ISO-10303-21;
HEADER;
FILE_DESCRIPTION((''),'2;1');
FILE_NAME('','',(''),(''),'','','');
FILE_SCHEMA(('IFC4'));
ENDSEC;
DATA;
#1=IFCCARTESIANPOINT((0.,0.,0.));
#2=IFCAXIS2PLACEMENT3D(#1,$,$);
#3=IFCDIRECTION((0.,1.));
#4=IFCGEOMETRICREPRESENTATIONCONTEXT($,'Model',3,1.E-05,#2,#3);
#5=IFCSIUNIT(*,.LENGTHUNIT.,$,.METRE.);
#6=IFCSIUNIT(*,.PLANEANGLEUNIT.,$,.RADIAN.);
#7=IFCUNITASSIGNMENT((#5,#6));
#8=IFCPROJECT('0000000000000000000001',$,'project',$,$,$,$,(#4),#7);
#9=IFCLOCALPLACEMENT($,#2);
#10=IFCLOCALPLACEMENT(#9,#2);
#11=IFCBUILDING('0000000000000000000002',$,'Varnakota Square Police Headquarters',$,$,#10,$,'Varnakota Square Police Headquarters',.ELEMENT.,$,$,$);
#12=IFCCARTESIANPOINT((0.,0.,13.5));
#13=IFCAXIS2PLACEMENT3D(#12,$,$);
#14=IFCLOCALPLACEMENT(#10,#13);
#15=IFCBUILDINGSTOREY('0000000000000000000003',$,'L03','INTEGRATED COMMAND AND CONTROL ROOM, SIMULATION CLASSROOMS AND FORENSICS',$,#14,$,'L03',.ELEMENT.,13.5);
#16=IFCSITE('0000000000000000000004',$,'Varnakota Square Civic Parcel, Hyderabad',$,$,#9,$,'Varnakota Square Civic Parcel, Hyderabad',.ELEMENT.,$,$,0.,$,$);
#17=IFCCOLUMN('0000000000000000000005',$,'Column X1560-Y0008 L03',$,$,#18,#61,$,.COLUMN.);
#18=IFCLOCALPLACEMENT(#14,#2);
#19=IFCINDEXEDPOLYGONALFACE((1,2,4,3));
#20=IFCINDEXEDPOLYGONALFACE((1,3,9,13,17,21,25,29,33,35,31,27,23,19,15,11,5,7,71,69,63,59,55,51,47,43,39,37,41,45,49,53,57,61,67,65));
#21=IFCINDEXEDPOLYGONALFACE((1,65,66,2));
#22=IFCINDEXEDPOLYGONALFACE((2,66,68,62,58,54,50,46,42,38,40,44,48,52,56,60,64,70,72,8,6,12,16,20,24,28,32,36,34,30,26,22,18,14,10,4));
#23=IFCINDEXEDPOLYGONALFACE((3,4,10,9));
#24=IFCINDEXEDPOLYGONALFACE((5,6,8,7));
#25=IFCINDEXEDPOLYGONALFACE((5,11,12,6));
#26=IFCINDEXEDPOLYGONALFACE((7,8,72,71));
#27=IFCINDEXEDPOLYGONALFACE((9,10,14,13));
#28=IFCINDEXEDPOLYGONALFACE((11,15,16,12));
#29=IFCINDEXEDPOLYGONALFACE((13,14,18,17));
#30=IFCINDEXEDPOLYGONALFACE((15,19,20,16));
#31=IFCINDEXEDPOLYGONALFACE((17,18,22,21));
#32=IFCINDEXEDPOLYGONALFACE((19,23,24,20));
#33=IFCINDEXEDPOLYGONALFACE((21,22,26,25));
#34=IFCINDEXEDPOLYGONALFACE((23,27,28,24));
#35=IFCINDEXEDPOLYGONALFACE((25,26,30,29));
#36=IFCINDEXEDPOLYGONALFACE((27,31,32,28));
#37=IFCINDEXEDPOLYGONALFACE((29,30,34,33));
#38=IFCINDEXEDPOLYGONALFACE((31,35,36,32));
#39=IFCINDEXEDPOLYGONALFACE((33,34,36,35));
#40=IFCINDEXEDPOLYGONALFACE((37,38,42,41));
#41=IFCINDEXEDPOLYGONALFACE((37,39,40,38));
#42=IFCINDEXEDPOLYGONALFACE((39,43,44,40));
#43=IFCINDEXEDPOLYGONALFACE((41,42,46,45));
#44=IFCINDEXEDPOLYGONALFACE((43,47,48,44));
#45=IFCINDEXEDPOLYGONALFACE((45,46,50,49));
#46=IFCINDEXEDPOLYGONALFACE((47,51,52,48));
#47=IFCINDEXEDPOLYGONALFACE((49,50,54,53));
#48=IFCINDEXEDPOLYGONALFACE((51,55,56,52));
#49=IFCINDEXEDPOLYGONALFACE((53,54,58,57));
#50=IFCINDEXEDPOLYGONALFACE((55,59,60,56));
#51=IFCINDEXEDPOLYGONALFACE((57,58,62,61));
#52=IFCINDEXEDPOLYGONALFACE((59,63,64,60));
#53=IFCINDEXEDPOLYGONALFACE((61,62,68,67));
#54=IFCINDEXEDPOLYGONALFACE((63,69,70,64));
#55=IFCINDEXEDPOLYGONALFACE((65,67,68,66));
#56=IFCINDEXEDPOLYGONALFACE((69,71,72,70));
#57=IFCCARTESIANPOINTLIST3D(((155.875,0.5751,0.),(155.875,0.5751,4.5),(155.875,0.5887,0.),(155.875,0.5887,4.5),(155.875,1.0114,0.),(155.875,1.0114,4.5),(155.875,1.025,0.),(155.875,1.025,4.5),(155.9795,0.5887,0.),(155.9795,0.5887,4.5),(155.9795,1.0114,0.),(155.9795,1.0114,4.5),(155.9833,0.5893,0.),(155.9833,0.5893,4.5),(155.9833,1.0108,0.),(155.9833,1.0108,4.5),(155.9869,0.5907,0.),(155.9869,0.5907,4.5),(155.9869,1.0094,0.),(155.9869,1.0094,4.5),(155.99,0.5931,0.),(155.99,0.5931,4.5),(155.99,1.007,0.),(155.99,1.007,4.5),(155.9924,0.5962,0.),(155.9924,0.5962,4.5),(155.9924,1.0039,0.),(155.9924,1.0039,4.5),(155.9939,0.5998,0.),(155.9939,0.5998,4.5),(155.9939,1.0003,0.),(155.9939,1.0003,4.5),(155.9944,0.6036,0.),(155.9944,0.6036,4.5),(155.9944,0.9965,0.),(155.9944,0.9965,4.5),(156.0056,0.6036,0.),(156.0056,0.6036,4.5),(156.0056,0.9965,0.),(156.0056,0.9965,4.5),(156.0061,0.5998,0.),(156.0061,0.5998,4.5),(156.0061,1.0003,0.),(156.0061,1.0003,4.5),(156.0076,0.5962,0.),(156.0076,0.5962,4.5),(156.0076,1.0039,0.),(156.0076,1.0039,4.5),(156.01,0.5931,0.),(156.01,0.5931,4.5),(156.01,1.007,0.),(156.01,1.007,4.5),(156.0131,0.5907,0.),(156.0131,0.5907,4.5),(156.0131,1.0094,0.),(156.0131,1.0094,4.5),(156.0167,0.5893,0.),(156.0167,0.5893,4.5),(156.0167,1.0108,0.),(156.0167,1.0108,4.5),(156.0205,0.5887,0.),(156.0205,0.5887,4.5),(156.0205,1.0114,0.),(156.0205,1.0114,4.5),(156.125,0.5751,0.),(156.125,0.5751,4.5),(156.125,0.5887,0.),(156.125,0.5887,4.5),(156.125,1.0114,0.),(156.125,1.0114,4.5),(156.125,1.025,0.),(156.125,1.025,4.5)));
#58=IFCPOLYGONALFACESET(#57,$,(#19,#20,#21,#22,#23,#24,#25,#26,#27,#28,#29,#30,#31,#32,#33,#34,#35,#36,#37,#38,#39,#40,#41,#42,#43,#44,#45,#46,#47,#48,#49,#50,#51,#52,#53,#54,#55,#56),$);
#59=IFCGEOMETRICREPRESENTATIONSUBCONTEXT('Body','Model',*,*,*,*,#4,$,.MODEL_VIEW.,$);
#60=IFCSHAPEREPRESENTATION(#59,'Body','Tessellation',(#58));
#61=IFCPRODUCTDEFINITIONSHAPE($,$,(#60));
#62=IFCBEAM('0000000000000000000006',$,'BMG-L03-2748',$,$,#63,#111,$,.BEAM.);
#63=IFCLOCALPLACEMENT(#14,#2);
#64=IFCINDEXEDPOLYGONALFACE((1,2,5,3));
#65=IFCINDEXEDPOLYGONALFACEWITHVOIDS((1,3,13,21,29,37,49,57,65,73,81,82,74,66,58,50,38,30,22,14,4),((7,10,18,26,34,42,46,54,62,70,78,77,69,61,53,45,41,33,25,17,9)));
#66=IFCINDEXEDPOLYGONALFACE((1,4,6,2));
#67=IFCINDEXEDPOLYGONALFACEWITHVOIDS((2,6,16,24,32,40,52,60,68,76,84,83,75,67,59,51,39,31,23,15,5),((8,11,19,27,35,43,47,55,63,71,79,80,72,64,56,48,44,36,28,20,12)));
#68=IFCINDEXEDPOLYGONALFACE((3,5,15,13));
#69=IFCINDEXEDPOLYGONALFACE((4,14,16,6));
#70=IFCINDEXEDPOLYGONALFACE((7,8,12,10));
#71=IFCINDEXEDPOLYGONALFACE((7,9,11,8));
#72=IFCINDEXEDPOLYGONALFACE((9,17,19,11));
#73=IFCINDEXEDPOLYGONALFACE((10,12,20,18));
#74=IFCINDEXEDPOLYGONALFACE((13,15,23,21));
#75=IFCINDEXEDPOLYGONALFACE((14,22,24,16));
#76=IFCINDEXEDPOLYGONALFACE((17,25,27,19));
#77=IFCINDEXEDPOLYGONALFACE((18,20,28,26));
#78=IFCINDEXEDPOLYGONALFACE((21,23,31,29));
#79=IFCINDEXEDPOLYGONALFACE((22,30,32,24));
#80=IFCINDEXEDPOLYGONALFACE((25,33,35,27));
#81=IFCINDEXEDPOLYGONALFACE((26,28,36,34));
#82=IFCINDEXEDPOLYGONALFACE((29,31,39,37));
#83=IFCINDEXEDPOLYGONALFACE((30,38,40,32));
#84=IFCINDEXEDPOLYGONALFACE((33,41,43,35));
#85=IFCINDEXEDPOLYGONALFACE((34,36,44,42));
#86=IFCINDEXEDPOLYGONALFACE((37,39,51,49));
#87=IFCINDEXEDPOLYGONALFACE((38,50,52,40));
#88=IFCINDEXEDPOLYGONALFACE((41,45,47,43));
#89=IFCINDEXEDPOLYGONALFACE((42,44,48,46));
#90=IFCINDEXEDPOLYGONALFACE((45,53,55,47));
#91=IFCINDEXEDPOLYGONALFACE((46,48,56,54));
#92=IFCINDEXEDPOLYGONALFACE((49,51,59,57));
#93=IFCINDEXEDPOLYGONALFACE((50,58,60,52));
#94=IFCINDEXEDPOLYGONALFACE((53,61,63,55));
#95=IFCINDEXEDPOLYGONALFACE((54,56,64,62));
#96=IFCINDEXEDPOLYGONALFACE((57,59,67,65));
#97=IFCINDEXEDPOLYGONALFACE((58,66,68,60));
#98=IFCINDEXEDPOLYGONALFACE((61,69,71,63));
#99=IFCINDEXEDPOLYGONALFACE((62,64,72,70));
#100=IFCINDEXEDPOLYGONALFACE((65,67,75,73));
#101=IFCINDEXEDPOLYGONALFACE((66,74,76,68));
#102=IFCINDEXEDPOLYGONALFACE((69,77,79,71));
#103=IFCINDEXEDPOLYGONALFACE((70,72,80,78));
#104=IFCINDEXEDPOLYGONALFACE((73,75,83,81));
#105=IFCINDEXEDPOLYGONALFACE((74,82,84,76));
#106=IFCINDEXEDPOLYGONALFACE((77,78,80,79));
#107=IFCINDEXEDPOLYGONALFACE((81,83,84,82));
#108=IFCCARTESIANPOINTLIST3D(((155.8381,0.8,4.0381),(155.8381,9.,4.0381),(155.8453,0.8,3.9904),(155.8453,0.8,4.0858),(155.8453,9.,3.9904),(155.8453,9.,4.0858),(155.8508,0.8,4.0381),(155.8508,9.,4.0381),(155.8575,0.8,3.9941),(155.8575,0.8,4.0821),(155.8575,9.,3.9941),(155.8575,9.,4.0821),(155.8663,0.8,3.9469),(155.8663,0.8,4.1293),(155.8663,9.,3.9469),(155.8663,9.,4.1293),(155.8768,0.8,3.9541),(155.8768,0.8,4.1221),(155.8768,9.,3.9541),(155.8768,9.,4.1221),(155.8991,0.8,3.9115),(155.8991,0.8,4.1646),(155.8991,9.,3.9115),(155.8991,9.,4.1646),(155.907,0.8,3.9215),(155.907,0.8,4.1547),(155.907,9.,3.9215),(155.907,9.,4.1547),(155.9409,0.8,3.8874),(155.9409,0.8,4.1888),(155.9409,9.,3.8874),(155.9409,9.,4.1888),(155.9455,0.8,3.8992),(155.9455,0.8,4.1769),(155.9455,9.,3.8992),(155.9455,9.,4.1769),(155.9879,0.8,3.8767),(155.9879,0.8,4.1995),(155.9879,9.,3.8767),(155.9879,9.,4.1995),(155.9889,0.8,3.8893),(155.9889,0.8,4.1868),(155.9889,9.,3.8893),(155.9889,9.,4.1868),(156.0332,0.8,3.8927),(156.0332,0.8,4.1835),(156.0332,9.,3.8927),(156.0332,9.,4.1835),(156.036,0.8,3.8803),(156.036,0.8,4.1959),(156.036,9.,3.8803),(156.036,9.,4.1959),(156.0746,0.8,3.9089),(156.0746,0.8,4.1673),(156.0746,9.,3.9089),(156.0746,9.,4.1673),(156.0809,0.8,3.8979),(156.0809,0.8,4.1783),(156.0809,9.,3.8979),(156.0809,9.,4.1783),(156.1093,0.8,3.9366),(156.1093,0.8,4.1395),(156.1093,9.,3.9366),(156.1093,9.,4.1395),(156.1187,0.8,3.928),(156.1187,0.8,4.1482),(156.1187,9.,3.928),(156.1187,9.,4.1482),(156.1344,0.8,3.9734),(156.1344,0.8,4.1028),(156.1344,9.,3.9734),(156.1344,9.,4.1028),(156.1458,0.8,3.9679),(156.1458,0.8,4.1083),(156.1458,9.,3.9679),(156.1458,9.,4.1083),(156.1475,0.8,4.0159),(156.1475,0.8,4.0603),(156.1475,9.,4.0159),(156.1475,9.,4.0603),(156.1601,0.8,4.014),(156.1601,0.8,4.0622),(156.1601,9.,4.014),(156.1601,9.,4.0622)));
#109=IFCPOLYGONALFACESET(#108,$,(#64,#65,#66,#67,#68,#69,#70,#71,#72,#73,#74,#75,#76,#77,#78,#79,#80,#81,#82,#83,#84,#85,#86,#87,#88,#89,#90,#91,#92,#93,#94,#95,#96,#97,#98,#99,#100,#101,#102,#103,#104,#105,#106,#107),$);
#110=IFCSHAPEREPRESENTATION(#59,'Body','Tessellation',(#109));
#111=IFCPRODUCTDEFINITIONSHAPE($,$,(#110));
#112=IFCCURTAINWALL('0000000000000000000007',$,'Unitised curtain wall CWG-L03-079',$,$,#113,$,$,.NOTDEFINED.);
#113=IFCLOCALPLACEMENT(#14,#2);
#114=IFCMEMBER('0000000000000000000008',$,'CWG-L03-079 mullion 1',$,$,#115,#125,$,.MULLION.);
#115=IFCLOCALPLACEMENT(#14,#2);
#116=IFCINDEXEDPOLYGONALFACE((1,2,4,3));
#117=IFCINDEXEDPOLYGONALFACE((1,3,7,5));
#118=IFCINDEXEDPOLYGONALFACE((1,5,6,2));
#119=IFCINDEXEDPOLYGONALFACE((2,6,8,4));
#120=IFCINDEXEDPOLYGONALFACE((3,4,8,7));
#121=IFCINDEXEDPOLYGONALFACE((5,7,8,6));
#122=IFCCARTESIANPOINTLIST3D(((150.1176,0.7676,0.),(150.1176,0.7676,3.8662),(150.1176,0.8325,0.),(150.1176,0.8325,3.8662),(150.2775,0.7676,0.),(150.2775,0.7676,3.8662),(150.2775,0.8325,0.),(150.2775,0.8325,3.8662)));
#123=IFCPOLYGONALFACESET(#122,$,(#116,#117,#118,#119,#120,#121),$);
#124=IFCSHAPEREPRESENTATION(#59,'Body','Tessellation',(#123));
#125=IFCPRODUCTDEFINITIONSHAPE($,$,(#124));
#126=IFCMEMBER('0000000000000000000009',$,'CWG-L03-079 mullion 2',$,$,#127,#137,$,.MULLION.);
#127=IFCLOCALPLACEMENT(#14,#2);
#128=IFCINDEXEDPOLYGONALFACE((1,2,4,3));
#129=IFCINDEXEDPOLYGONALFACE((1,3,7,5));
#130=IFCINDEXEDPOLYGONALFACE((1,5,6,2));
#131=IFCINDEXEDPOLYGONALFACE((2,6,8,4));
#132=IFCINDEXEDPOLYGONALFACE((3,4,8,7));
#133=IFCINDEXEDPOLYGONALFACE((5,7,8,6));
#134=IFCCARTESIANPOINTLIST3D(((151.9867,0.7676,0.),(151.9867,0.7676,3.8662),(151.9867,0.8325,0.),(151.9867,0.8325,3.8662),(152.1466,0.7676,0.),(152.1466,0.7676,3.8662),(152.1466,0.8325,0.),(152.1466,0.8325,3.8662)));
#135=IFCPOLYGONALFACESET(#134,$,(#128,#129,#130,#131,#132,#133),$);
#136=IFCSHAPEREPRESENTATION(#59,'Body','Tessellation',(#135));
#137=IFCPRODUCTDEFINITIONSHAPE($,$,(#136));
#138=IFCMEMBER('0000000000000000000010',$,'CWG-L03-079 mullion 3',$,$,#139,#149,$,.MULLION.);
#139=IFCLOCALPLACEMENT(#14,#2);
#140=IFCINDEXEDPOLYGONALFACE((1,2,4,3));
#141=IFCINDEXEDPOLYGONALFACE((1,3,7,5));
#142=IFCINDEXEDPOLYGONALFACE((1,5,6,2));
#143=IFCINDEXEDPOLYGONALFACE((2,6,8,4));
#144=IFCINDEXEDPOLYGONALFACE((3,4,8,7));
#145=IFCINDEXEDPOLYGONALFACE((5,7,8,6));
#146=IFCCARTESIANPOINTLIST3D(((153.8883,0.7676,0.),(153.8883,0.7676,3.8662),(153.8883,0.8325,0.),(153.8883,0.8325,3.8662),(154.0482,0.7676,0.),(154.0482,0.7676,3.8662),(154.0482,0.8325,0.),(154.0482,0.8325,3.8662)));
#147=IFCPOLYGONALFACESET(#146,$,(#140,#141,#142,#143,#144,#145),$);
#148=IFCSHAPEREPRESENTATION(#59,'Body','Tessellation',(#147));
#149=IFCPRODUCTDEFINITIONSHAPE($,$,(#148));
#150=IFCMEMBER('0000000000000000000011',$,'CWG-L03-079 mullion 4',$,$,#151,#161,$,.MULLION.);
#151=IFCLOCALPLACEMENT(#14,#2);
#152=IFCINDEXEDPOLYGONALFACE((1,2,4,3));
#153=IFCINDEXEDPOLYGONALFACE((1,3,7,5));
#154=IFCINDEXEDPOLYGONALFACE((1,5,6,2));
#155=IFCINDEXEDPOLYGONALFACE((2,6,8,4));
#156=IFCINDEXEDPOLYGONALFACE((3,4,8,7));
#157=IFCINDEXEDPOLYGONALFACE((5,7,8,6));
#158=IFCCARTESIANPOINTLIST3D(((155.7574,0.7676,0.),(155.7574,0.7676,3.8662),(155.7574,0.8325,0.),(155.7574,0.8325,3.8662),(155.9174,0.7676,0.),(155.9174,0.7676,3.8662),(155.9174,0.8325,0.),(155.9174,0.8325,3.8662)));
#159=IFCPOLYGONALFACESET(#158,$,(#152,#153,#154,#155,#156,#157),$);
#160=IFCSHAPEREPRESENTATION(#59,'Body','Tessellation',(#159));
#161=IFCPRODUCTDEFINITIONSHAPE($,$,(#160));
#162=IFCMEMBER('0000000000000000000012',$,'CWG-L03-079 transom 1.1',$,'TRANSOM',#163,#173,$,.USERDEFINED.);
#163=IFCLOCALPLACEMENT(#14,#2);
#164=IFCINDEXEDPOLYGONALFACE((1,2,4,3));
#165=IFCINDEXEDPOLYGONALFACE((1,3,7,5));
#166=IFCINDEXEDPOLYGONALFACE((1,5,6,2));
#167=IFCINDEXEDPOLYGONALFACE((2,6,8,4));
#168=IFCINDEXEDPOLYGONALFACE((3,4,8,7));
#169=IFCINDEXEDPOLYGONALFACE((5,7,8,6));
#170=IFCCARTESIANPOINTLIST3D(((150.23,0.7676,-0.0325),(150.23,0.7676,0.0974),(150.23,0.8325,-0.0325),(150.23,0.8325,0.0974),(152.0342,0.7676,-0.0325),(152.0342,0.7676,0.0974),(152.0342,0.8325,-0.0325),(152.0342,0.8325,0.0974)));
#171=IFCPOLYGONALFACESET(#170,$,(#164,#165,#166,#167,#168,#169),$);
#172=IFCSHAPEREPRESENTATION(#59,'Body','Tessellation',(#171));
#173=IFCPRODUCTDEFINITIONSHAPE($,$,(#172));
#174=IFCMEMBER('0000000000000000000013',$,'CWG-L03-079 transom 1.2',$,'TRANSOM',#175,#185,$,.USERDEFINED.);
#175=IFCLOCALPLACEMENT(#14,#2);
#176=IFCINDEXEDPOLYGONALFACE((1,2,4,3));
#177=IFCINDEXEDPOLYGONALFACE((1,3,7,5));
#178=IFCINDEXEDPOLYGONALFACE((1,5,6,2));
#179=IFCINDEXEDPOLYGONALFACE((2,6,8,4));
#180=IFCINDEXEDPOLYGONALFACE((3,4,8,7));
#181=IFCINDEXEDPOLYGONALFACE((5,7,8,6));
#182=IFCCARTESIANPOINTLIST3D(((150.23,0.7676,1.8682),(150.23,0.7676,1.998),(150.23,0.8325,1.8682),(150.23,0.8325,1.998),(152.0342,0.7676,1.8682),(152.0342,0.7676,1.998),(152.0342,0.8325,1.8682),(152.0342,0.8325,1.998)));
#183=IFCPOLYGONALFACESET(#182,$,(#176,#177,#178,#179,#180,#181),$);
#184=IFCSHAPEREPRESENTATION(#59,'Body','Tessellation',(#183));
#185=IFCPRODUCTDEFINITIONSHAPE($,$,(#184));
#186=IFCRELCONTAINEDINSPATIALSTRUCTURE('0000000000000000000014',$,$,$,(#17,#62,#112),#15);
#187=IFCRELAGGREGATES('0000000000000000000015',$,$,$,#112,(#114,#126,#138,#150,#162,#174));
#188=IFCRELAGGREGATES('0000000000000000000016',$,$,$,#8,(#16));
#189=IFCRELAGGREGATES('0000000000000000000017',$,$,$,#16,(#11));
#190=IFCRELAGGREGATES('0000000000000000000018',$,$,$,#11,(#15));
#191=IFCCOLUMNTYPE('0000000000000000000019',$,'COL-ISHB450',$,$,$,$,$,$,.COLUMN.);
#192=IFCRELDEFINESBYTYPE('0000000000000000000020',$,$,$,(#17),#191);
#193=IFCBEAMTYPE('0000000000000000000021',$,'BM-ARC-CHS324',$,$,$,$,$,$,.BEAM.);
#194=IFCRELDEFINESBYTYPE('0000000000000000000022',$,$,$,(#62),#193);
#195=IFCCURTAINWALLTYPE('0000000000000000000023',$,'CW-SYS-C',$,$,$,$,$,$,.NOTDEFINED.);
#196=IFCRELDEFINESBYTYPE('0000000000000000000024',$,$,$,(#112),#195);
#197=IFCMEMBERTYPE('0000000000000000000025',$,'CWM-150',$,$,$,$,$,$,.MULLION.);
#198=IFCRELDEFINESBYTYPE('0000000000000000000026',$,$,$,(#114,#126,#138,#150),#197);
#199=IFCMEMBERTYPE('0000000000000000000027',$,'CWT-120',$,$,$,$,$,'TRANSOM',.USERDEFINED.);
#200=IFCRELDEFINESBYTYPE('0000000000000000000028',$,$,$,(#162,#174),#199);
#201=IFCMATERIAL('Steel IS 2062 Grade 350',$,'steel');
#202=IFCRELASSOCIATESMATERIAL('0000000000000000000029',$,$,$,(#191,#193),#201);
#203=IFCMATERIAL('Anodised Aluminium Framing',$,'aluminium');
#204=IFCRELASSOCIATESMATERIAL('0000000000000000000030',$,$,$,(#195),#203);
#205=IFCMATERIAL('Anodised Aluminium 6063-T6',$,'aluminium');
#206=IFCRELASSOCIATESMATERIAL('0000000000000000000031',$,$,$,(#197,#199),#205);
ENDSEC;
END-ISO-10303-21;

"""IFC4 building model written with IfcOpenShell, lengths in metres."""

from ifc_helpers import new_model, si_unit, direction, frame, origin, origin_2d, place, context, subcontext, project, spatial, rectangle, hollow_circle, i_section, extrude, material, material_profile, profile_set, type_object, element, aggregate, save


model = new_model("IFC4")

# Units and contexts
model_context = context("Model", 3, precision=1e-05, world=origin(), true_north=direction((0.0, 1.0)))
body_context = subcontext(model_context, "Body", "Model", "MODEL_VIEW")
ifc_project = project(units=[si_unit("LENGTHUNIT", "METRE"), si_unit("PLANEANGLEUNIT", "RADIAN")], contexts=[model_context])

# Site, building, storey
site_placement = place(None, origin())
site = spatial("IfcSite", under=ifc_project, at=site_placement, Name="Varnakota Square Civic Parcel, Hyderabad", LongName="Varnakota Square Civic Parcel, Hyderabad", CompositionType="ELEMENT", RefElevation=0.0)
building_placement = place(site_placement, origin())
building = spatial("IfcBuilding", under=site, at=building_placement, Name="Varnakota Square Police Headquarters", LongName="Varnakota Square Police Headquarters", CompositionType="ELEMENT")
storey_placement = place(building_placement, frame((0.0, 0.0, 13.5)))
storey = spatial("IfcBuildingStorey", under=building, at=storey_placement, Name="L03", Description="INTEGRATED COMMAND AND CONTROL ROOM, SIMULATION CLASSROOMS AND FORENSICS", LongName="L03", CompositionType="ELEMENT", Elevation=13.5)

# Column
ifc_material_1 = material(Name="Steel IS 2062 Grade 350", Category="steel")
ifc_material_profile_1 = material_profile(ifc_material_1, i_section(OverallWidth=0.25, OverallDepth=0.45, WebThickness=0.0112, FlangeThickness=0.0137, FilletRadius=0.0149, at=origin_2d()), Name="ISHB 450")
ifc_profile_set_1 = profile_set([ifc_material_profile_1], Name="Steel IS 2062 Grade 350")
column_type = type_object("IfcColumnType", Name="COL-ISHB450", PredefinedType="COLUMN", material=ifc_profile_set_1)
column_placement = place(storey_placement, frame((156.0, 0.8, 0.0), z_axis=(0.0, 0.0, 1.0), x_axis=(1.0, 0.0, 0.0)))
element("IfcColumn", 1, at=column_placement, inside=storey, type_object=column_type, Name="Column X1560-Y0008 L03", PredefinedType="COLUMN", context=body_context, shape_type="SweptSolid", body=[
    extrude(i_section(OverallWidth=0.25, OverallDepth=0.45, WebThickness=0.0112, FlangeThickness=0.0137, FilletRadius=0.0149, at=origin_2d()), origin(), (0.0, 0.0, 1.0), 4.5),
])

# Beam
ifc_material_profile_2 = material_profile(ifc_material_1, hollow_circle(Radius=0.1619, WallThickness=0.0127, at=origin_2d()), Name="CHS 323.9x12.7")
ifc_profile_set_2 = profile_set([ifc_material_profile_2], Name="Steel IS 2062 Grade 350")
beam_type = type_object("IfcBeamType", Name="BM-ARC-CHS324", PredefinedType="BEAM", material=ifc_profile_set_2)
beam_placement = place(storey_placement, frame((156.0, 0.8, 4.0381), z_axis=(0.0, 1.0, 0.0), x_axis=(-1.0, 0.0, 0.0)))
element("IfcBeam", 2, at=beam_placement, inside=storey, type_object=beam_type, Name="BMG-L03-2748", PredefinedType="BEAM", context=body_context, shape_type="SweptSolid", body=[
    extrude(hollow_circle(Radius=0.1619, WallThickness=0.0127, at=origin_2d()), origin(), (0.0, 0.0, 1.0), 8.2),
])

# Curtain wall, members
ifc_material_2 = material(Name="Anodised Aluminium Framing", Category="aluminium")
curtain_wall_type = type_object("IfcCurtainWallType", Name="CW-SYS-C", PredefinedType="NOTDEFINED", material=ifc_material_2)
curtain_wall_placement = place(storey_placement, origin())
curtain_wall = element("IfcCurtainWall", 3, at=curtain_wall_placement, inside=storey, type_object=curtain_wall_type, Name="Unitised curtain wall CWG-L03-079", PredefinedType="NOTDEFINED")
ifc_material_3 = material(Name="Anodised Aluminium 6063-T6", Category="aluminium")
ifc_material_profile_3 = material_profile(ifc_material_3, rectangle(XDim=0.0649, YDim=0.1599, at=origin_2d()), Name="ALU MULLION 65x160")
ifc_profile_set_3 = profile_set([ifc_material_profile_3], Name="Anodised Aluminium 6063-T6")
member_type_1 = type_object("IfcMemberType", Name="CWM-150", PredefinedType="MULLION", material=ifc_profile_set_3)
member_1_placement = place(storey_placement, frame((150.1975, 0.8, 0.0), z_axis=(0.0, 0.0, 1.0), x_axis=(0.0, 1.0, 0.0)))
member_1 = element("IfcMember", 4, at=member_1_placement, type_object=member_type_1, Name="CWG-L03-079 mullion 1", PredefinedType="MULLION", context=body_context, shape_type="SweptSolid", body=[
    extrude(rectangle(XDim=0.0649, YDim=0.1599, at=origin_2d()), origin(), (0.0, 0.0, 1.0), 3.8662),
])
member_2_placement = place(storey_placement, frame((152.0667, 0.8, 0.0), z_axis=(0.0, 0.0, 1.0), x_axis=(0.0, 1.0, 0.0)))
member_2 = element("IfcMember", 5, at=member_2_placement, type_object=member_type_1, Name="CWG-L03-079 mullion 2", PredefinedType="MULLION", context=body_context, shape_type="SweptSolid", body=[
    extrude(rectangle(XDim=0.0649, YDim=0.1599, at=origin_2d()), origin(), (0.0, 0.0, 1.0), 3.8662),
])
member_3_placement = place(storey_placement, frame((153.9683, 0.8, 0.0), z_axis=(0.0, 0.0, 1.0), x_axis=(0.0, 1.0, 0.0)))
member_3 = element("IfcMember", 6, at=member_3_placement, type_object=member_type_1, Name="CWG-L03-079 mullion 3", PredefinedType="MULLION", context=body_context, shape_type="SweptSolid", body=[
    extrude(rectangle(XDim=0.0649, YDim=0.1599, at=origin_2d()), origin(), (0.0, 0.0, 1.0), 3.8662),
])
member_4_placement = place(storey_placement, frame((155.8374, 0.8, 0.0), z_axis=(0.0, 0.0, 1.0), x_axis=(0.0, 1.0, 0.0)))
member_4 = element("IfcMember", 7, at=member_4_placement, type_object=member_type_1, Name="CWG-L03-079 mullion 4", PredefinedType="MULLION", context=body_context, shape_type="SweptSolid", body=[
    extrude(rectangle(XDim=0.0649, YDim=0.1599, at=origin_2d()), origin(), (0.0, 0.0, 1.0), 3.8662),
])
ifc_material_profile_4 = material_profile(ifc_material_3, rectangle(XDim=0.0649, YDim=0.1299, at=origin_2d()), Name="ALU TRANSOM 65x130")
ifc_profile_set_4 = profile_set([ifc_material_profile_4], Name="Anodised Aluminium 6063-T6")
member_type_2 = type_object("IfcMemberType", Name="CWT-120", ElementType="TRANSOM", PredefinedType="USERDEFINED", material=ifc_profile_set_4)
member_5_placement = place(storey_placement, frame((150.23, 0.8, 0.0325), z_axis=(1.0, 0.0, 0.0), x_axis=(0.0, 1.0, 0.0)))
member_5 = element("IfcMember", 8, at=member_5_placement, type_object=member_type_2, Name="CWG-L03-079 transom 1.1", ObjectType="TRANSOM", PredefinedType="USERDEFINED", context=body_context, shape_type="SweptSolid", body=[
    extrude(rectangle(XDim=0.0649, YDim=0.1299, at=origin_2d()), origin(), (0.0, 0.0, 1.0), 1.8042),
])
member_6_placement = place(storey_placement, frame((150.23, 0.8, 1.9331), z_axis=(1.0, 0.0, 0.0), x_axis=(0.0, 1.0, 0.0)))
member_6 = element("IfcMember", 9, at=member_6_placement, type_object=member_type_2, Name="CWG-L03-079 transom 1.2", ObjectType="TRANSOM", PredefinedType="USERDEFINED", context=body_context, shape_type="SweptSolid", body=[
    extrude(rectangle(XDim=0.0649, YDim=0.1299, at=origin_2d()), origin(), (0.0, 0.0, 1.0), 1.8042),
])
aggregate(curtain_wall, [member_1, member_2, member_3, member_4, member_5, member_6])

save(model, "model.ifc")
